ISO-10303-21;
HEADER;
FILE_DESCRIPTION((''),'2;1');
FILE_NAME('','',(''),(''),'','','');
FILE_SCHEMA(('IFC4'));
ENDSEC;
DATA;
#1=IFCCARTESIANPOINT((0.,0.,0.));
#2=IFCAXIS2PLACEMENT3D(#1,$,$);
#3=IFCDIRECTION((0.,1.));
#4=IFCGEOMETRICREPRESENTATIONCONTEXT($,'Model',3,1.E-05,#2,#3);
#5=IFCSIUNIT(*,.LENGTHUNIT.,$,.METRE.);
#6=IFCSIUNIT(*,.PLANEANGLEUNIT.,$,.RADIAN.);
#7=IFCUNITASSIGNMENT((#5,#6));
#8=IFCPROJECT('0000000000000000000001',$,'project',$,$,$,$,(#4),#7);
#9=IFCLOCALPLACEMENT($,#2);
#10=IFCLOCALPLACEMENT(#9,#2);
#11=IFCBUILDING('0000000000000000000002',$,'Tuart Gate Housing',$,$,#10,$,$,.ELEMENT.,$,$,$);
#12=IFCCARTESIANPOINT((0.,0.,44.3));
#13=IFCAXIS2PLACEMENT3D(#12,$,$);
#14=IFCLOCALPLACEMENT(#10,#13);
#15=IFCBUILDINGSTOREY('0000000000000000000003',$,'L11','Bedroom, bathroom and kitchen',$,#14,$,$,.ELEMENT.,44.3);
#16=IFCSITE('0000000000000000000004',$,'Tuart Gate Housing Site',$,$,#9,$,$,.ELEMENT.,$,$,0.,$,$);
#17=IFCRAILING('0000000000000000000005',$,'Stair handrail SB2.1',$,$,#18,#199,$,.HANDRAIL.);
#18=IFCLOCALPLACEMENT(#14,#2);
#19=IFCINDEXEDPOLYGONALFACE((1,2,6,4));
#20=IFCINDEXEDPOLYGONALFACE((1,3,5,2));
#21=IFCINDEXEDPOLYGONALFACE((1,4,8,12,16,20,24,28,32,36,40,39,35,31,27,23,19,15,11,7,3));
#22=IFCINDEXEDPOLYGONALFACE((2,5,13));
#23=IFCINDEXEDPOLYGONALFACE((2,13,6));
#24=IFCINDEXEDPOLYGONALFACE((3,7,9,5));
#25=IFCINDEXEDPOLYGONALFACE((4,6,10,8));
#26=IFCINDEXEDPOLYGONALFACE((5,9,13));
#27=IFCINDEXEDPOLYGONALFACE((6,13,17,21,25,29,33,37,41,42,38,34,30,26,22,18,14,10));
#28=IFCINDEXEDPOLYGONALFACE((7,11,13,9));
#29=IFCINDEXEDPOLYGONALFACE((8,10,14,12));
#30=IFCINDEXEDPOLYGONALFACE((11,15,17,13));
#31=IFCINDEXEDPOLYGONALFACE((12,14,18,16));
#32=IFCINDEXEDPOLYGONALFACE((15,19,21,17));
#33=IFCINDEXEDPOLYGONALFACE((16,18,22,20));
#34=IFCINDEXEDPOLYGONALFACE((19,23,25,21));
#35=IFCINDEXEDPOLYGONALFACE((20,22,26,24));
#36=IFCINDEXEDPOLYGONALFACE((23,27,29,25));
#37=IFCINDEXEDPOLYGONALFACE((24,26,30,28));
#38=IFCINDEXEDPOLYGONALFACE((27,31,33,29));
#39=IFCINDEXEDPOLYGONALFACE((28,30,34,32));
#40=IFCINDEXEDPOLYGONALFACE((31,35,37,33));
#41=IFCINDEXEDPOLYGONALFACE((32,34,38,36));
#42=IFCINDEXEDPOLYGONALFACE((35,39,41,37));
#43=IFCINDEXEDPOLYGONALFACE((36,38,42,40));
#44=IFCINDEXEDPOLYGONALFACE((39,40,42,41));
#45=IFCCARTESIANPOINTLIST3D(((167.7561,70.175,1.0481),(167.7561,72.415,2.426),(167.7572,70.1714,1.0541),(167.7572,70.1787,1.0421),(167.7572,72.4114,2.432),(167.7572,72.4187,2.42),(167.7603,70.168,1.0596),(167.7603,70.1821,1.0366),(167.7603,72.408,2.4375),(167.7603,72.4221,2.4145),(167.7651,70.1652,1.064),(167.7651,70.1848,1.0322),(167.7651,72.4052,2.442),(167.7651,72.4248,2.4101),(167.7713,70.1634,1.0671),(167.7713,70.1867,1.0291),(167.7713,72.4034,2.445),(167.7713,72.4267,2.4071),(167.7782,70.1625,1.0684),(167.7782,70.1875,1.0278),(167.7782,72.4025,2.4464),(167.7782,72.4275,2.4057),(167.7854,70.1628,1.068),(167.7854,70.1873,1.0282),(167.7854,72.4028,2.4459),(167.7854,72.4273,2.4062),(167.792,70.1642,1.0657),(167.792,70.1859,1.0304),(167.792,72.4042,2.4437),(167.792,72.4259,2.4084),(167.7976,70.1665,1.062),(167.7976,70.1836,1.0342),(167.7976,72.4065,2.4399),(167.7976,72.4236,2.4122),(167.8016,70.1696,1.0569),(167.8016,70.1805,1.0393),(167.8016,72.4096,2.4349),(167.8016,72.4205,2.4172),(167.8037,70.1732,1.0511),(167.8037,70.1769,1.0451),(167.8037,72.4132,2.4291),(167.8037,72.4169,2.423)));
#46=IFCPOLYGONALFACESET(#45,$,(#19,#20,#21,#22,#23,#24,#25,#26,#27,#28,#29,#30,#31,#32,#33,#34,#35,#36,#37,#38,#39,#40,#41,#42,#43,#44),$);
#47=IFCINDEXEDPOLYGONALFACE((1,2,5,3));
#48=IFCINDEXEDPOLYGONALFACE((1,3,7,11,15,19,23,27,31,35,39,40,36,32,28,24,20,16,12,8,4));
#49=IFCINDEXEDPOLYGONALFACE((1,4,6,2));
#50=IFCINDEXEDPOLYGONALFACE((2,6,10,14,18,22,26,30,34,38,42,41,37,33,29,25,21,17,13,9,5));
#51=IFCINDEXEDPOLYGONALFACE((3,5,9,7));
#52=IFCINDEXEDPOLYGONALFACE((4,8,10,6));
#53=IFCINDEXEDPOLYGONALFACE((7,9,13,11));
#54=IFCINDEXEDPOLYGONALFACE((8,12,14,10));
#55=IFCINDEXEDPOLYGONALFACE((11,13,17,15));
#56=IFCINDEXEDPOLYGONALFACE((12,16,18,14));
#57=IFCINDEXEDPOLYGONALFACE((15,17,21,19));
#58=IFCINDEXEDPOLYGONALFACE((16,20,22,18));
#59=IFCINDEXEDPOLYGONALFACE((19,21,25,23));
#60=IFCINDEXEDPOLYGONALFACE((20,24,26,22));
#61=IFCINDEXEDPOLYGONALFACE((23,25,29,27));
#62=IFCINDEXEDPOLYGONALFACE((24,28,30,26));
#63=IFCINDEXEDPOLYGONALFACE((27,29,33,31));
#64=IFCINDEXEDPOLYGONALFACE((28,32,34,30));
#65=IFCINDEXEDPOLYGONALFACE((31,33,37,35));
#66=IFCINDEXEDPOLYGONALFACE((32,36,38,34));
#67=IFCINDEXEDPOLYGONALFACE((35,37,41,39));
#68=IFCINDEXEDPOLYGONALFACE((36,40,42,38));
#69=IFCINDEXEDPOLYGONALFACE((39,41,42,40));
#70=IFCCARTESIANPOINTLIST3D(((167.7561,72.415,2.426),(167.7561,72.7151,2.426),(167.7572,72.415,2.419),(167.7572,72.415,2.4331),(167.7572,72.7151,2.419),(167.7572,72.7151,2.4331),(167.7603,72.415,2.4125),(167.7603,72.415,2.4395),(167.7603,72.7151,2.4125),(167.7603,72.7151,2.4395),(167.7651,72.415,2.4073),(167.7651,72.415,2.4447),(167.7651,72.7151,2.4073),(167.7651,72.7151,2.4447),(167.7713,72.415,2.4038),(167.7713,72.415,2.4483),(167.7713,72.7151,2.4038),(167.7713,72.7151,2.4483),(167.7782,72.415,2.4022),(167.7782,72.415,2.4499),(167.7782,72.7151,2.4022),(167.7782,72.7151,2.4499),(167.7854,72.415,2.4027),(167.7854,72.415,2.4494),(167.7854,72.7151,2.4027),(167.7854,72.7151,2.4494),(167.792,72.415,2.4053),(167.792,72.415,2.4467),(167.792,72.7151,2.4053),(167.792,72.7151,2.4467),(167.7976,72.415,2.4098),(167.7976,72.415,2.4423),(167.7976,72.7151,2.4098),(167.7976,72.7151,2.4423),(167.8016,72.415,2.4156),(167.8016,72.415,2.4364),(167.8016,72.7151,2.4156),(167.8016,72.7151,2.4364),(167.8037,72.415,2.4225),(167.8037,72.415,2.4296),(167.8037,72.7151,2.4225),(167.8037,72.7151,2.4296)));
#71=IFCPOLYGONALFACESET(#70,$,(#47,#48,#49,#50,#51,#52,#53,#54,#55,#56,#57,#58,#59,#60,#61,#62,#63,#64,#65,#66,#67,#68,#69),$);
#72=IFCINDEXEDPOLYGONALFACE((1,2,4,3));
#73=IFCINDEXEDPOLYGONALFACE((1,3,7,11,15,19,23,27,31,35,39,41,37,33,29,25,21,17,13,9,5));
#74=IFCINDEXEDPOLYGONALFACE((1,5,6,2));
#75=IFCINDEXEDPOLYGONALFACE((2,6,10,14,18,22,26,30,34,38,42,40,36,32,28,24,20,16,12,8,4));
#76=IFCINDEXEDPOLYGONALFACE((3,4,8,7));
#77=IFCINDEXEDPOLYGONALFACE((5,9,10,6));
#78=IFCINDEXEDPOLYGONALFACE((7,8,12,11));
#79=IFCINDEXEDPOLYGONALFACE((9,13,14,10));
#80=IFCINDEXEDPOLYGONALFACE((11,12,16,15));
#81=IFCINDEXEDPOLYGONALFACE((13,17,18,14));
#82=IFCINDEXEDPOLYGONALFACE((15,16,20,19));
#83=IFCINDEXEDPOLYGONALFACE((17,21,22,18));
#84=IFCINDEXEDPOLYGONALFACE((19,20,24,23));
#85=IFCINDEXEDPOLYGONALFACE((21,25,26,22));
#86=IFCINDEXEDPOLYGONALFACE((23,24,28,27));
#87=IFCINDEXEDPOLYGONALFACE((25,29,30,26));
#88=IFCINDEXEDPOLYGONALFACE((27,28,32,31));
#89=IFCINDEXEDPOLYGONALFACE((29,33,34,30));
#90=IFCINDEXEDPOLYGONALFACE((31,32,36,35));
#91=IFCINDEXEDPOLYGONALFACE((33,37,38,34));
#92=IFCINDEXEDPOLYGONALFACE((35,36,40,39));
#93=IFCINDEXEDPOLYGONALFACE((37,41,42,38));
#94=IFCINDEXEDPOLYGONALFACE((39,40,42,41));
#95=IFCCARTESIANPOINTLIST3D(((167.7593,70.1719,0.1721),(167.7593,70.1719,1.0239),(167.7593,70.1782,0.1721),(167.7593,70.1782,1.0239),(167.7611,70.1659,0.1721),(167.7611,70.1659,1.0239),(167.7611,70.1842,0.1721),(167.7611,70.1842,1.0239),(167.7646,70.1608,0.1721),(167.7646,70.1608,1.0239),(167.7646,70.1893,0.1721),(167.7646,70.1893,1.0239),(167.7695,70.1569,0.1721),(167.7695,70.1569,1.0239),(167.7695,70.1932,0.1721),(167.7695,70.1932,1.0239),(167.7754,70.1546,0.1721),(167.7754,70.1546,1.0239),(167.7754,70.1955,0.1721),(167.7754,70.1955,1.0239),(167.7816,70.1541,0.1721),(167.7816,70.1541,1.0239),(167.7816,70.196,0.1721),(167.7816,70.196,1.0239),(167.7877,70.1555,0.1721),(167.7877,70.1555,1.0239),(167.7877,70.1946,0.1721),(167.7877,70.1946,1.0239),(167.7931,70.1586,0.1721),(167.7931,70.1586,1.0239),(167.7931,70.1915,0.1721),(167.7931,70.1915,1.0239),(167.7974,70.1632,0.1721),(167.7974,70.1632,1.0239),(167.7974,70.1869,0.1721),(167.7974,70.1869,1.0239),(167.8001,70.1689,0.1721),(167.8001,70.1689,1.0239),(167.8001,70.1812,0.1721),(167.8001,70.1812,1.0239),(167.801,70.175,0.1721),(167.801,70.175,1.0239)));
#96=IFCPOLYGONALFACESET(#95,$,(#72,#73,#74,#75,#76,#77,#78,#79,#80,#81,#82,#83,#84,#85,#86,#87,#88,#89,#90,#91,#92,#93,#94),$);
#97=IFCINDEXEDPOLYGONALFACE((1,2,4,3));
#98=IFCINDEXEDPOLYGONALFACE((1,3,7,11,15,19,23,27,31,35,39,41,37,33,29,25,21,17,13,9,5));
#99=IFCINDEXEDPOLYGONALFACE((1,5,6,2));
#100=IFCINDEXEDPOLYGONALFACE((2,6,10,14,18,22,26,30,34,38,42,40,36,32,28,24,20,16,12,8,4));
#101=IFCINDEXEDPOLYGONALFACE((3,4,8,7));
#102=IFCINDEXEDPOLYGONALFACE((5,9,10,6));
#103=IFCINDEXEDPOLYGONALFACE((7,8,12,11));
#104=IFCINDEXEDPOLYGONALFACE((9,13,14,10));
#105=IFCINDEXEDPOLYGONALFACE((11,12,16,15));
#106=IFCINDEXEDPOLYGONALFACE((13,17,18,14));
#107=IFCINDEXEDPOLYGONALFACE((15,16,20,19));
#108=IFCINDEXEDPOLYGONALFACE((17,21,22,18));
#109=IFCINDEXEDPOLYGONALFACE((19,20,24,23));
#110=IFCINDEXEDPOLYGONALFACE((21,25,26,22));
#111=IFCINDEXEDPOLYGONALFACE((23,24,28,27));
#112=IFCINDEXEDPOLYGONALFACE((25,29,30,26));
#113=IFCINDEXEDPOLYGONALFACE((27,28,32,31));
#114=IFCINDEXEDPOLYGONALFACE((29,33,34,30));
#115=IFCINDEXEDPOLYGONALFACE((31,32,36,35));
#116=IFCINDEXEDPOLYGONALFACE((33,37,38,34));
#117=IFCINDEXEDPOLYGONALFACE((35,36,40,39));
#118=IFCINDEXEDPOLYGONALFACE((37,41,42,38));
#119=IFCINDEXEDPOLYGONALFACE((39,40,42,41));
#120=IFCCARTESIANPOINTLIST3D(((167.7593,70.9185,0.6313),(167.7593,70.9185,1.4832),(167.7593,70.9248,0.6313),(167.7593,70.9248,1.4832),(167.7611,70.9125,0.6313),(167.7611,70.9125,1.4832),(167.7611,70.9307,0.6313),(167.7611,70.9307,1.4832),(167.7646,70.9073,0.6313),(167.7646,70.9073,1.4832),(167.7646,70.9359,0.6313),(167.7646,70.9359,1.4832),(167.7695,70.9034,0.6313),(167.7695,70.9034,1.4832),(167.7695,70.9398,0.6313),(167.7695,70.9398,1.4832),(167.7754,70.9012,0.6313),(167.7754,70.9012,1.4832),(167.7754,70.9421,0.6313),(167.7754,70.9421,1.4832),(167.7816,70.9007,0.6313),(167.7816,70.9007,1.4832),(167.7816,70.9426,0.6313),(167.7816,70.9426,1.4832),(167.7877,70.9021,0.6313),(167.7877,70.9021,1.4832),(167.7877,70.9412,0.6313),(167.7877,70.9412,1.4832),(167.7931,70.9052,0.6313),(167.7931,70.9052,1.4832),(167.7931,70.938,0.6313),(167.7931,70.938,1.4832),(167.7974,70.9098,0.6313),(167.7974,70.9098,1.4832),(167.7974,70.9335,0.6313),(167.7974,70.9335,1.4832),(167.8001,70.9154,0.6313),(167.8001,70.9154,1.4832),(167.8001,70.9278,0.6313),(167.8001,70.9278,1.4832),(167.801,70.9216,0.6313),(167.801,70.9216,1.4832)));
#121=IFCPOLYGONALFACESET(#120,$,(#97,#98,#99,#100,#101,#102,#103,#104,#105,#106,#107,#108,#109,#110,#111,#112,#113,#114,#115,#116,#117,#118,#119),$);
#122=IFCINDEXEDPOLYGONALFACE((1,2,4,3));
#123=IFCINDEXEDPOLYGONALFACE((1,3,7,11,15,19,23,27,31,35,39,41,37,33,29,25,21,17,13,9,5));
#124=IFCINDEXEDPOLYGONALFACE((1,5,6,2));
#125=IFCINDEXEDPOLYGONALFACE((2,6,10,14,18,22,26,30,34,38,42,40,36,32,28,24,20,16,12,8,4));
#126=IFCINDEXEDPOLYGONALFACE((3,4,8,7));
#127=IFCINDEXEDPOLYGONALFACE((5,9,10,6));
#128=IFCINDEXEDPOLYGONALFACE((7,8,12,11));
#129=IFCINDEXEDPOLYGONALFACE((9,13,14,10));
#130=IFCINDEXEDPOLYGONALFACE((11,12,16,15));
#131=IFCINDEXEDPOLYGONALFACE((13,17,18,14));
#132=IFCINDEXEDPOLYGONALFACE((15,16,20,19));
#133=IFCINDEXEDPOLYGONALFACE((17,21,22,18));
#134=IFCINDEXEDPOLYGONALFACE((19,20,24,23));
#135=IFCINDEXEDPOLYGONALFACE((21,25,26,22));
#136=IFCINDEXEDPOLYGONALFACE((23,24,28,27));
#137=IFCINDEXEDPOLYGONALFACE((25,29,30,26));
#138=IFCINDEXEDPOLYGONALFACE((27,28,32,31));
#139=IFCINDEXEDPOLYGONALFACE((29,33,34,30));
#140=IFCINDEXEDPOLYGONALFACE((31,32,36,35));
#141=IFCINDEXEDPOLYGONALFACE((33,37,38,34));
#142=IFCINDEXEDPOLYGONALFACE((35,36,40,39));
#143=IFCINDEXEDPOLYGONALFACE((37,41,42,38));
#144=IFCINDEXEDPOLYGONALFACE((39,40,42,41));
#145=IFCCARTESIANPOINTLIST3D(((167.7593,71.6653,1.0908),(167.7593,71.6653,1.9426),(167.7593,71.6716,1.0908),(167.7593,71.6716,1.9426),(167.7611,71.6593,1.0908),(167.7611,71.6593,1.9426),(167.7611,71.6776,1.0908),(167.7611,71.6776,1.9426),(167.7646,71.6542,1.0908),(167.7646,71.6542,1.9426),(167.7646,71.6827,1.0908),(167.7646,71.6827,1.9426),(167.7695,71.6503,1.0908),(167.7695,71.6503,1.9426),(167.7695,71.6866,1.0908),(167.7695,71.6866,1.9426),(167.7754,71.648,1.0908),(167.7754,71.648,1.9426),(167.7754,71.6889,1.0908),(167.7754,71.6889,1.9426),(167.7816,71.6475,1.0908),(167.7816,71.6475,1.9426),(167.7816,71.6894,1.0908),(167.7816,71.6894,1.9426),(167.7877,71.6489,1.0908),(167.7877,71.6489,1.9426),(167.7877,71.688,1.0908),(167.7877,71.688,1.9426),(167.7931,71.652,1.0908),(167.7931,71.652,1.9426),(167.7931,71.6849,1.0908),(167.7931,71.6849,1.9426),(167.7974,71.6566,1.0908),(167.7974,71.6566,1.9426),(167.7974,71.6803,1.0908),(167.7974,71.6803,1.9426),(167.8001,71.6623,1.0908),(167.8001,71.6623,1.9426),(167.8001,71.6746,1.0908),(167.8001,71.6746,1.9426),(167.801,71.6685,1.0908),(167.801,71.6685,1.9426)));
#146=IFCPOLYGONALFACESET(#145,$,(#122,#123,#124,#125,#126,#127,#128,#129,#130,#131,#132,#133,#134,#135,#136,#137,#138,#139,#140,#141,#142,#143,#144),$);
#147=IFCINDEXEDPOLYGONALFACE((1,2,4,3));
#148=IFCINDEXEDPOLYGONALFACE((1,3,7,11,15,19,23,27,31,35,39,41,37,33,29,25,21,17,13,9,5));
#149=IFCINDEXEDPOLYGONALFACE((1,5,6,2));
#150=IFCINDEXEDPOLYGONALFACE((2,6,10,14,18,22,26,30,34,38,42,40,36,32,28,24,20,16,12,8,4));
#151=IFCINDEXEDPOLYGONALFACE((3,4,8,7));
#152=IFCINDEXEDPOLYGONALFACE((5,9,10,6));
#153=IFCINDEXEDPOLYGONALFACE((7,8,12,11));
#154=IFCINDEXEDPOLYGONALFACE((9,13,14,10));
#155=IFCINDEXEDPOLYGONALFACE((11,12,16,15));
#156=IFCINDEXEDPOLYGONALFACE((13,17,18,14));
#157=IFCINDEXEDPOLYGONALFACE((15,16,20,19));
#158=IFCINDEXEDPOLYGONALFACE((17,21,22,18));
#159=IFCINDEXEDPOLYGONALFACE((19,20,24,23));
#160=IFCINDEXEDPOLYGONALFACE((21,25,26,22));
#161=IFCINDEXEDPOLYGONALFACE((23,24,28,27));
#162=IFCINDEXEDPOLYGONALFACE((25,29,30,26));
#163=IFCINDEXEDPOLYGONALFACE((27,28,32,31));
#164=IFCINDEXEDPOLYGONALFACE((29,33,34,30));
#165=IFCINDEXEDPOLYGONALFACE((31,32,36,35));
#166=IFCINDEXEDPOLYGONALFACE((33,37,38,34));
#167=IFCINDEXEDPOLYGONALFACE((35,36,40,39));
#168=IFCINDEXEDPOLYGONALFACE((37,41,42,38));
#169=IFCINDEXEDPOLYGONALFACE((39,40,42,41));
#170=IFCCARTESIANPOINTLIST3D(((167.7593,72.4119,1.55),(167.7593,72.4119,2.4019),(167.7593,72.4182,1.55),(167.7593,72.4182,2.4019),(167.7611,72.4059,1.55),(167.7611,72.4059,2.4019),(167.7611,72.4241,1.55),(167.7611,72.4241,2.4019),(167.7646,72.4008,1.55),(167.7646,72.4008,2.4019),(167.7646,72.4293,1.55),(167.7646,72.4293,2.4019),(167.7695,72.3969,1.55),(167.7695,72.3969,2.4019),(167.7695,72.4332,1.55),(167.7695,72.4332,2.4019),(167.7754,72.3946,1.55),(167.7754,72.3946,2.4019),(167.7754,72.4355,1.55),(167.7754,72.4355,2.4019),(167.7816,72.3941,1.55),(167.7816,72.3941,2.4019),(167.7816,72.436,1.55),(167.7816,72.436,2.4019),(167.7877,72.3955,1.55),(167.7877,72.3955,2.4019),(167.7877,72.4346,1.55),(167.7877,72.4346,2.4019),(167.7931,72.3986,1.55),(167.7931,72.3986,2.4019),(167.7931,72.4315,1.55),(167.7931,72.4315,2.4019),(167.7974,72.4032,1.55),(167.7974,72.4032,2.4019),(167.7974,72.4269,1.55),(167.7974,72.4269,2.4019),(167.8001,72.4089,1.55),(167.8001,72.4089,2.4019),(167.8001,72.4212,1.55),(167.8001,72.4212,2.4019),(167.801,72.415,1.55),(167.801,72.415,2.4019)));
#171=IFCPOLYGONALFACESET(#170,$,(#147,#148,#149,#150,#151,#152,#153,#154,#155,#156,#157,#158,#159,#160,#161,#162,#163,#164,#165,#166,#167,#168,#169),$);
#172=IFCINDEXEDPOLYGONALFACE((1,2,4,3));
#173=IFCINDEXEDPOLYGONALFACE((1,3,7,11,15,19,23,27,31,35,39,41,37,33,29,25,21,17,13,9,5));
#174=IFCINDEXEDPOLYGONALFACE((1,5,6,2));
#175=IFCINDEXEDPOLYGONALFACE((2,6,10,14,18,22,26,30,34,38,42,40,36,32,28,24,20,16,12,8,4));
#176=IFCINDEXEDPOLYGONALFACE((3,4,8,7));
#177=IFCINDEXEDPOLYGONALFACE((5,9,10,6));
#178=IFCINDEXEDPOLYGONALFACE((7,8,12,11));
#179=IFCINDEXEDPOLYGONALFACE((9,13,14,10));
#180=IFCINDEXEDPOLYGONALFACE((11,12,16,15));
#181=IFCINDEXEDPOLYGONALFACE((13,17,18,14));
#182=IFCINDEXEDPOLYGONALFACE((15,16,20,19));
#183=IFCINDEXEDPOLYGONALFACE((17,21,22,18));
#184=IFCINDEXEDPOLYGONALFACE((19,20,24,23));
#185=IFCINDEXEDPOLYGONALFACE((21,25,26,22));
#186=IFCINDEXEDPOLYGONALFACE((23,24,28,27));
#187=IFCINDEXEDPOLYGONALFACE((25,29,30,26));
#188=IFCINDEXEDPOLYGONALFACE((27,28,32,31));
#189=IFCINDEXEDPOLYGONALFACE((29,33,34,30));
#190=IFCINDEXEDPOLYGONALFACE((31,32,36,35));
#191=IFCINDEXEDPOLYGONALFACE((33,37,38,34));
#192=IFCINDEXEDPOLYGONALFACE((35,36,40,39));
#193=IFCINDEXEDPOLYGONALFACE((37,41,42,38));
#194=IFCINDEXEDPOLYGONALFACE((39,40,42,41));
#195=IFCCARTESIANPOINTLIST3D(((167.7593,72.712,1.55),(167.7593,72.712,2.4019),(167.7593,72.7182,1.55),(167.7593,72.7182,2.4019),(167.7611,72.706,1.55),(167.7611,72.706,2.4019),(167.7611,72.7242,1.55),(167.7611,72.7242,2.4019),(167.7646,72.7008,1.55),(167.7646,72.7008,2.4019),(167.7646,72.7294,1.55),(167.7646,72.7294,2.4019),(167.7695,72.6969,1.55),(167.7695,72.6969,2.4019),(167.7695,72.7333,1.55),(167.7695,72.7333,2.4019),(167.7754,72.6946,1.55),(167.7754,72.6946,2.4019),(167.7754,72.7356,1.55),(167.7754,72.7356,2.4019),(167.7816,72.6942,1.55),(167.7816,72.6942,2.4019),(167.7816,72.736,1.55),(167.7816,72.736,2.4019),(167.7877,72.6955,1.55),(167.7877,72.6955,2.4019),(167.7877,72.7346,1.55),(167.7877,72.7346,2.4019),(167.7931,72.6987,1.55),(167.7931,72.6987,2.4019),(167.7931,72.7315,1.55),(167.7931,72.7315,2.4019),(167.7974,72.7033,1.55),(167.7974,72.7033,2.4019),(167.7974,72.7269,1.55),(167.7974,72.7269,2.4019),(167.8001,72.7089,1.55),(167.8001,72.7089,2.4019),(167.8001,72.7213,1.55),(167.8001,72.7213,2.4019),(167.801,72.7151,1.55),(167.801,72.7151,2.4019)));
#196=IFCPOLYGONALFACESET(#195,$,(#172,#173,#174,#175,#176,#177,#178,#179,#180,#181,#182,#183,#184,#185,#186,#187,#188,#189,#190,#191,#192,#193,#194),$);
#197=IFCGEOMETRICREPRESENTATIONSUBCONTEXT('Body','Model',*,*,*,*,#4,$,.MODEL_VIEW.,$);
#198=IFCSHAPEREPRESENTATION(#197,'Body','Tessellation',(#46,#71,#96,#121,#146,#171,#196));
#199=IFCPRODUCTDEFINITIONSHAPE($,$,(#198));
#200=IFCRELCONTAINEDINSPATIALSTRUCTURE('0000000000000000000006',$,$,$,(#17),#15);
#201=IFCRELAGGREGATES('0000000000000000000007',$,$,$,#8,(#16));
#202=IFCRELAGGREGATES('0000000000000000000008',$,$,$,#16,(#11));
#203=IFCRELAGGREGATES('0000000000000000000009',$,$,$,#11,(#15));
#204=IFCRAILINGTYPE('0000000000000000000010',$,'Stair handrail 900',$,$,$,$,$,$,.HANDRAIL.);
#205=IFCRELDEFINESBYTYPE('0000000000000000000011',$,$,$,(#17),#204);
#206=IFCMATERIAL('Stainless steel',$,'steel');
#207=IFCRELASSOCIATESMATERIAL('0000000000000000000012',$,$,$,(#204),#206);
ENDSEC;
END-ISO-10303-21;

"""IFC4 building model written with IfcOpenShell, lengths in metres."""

from ifc_helpers import new_model, si_unit, direction, frame, origin, origin_2d, place, context, subcontext, project, spatial, circle, extrude, material, type_object, element, save


model = new_model("IFC4")

# Units and contexts
model_context = context("Model", 3, precision=1e-05, world=origin(), true_north=direction((0.0, 1.0)))
body_context = subcontext(model_context, "Body", "Model", "MODEL_VIEW")
ifc_project = project(units=[si_unit("LENGTHUNIT", "METRE"), si_unit("PLANEANGLEUNIT", "RADIAN")], contexts=[model_context])

# Site, building, storey
site_placement = place(None, origin())
site = spatial("IfcSite", under=ifc_project, at=site_placement, Name="Tuart Gate Housing Site", CompositionType="ELEMENT", RefElevation=0.0)
building_placement = place(site_placement, origin())
building = spatial("IfcBuilding", under=site, at=building_placement, Name="Tuart Gate Housing", CompositionType="ELEMENT")
storey_placement = place(building_placement, frame((0.0, 0.0, 44.3)))
storey = spatial("IfcBuildingStorey", under=building, at=storey_placement, Name="L11", Description="Bedroom, bathroom and kitchen", CompositionType="ELEMENT", Elevation=44.3)

# Railing
ifc_material_1 = material(Name="Stainless steel", Category="steel")
railing_type = type_object("IfcRailingType", Name="Stair handrail 900", PredefinedType="HANDRAIL", material=ifc_material_1)
railing_placement = place(storey_placement, frame((167.78, 70.175, 0.1721)))
element("IfcRailing", 1, at=railing_placement, inside=storey, type_object=railing_type, Name="Stair handrail SB2.1", PredefinedType="HANDRAIL", context=body_context, shape_type="SweptSolid", body=[
    extrude(circle(Radius=0.0239, at=origin_2d()), frame((0.0, 0.0, 0.876), z_axis=(0.0, 0.851748, 0.523952), x_axis=(-1.0, 0.0, 0.0)), (0.0, 0.0, 1.0), 2.6299),
    extrude(circle(Radius=0.0239, at=origin_2d()), frame((0.0, 2.24, 2.2539), z_axis=(0.0, 1.0, 0.0), x_axis=(-1.0, 0.0, 0.0)), (0.0, 0.0, 1.0), 0.3),
    extrude(circle(Radius=0.021, at=origin_2d()), origin(), (0.0, 0.0, 1.0), 0.8518),
    extrude(circle(Radius=0.021, at=origin_2d()), frame((0.0, 0.7466, 0.4592)), (0.0, 0.0, 1.0), 0.8518),
    extrude(circle(Radius=0.021, at=origin_2d()), frame((0.0, 1.4934, 0.9187)), (0.0, 0.0, 1.0), 0.8518),
    extrude(circle(Radius=0.021, at=origin_2d()), frame((0.0, 2.24, 1.3779)), (0.0, 0.0, 1.0), 0.8518),
    extrude(circle(Radius=0.021, at=origin_2d()), frame((0.0, 2.54, 1.3779)), (0.0, 0.0, 1.0), 0.8518),
])

save(model, "model.ifc")
